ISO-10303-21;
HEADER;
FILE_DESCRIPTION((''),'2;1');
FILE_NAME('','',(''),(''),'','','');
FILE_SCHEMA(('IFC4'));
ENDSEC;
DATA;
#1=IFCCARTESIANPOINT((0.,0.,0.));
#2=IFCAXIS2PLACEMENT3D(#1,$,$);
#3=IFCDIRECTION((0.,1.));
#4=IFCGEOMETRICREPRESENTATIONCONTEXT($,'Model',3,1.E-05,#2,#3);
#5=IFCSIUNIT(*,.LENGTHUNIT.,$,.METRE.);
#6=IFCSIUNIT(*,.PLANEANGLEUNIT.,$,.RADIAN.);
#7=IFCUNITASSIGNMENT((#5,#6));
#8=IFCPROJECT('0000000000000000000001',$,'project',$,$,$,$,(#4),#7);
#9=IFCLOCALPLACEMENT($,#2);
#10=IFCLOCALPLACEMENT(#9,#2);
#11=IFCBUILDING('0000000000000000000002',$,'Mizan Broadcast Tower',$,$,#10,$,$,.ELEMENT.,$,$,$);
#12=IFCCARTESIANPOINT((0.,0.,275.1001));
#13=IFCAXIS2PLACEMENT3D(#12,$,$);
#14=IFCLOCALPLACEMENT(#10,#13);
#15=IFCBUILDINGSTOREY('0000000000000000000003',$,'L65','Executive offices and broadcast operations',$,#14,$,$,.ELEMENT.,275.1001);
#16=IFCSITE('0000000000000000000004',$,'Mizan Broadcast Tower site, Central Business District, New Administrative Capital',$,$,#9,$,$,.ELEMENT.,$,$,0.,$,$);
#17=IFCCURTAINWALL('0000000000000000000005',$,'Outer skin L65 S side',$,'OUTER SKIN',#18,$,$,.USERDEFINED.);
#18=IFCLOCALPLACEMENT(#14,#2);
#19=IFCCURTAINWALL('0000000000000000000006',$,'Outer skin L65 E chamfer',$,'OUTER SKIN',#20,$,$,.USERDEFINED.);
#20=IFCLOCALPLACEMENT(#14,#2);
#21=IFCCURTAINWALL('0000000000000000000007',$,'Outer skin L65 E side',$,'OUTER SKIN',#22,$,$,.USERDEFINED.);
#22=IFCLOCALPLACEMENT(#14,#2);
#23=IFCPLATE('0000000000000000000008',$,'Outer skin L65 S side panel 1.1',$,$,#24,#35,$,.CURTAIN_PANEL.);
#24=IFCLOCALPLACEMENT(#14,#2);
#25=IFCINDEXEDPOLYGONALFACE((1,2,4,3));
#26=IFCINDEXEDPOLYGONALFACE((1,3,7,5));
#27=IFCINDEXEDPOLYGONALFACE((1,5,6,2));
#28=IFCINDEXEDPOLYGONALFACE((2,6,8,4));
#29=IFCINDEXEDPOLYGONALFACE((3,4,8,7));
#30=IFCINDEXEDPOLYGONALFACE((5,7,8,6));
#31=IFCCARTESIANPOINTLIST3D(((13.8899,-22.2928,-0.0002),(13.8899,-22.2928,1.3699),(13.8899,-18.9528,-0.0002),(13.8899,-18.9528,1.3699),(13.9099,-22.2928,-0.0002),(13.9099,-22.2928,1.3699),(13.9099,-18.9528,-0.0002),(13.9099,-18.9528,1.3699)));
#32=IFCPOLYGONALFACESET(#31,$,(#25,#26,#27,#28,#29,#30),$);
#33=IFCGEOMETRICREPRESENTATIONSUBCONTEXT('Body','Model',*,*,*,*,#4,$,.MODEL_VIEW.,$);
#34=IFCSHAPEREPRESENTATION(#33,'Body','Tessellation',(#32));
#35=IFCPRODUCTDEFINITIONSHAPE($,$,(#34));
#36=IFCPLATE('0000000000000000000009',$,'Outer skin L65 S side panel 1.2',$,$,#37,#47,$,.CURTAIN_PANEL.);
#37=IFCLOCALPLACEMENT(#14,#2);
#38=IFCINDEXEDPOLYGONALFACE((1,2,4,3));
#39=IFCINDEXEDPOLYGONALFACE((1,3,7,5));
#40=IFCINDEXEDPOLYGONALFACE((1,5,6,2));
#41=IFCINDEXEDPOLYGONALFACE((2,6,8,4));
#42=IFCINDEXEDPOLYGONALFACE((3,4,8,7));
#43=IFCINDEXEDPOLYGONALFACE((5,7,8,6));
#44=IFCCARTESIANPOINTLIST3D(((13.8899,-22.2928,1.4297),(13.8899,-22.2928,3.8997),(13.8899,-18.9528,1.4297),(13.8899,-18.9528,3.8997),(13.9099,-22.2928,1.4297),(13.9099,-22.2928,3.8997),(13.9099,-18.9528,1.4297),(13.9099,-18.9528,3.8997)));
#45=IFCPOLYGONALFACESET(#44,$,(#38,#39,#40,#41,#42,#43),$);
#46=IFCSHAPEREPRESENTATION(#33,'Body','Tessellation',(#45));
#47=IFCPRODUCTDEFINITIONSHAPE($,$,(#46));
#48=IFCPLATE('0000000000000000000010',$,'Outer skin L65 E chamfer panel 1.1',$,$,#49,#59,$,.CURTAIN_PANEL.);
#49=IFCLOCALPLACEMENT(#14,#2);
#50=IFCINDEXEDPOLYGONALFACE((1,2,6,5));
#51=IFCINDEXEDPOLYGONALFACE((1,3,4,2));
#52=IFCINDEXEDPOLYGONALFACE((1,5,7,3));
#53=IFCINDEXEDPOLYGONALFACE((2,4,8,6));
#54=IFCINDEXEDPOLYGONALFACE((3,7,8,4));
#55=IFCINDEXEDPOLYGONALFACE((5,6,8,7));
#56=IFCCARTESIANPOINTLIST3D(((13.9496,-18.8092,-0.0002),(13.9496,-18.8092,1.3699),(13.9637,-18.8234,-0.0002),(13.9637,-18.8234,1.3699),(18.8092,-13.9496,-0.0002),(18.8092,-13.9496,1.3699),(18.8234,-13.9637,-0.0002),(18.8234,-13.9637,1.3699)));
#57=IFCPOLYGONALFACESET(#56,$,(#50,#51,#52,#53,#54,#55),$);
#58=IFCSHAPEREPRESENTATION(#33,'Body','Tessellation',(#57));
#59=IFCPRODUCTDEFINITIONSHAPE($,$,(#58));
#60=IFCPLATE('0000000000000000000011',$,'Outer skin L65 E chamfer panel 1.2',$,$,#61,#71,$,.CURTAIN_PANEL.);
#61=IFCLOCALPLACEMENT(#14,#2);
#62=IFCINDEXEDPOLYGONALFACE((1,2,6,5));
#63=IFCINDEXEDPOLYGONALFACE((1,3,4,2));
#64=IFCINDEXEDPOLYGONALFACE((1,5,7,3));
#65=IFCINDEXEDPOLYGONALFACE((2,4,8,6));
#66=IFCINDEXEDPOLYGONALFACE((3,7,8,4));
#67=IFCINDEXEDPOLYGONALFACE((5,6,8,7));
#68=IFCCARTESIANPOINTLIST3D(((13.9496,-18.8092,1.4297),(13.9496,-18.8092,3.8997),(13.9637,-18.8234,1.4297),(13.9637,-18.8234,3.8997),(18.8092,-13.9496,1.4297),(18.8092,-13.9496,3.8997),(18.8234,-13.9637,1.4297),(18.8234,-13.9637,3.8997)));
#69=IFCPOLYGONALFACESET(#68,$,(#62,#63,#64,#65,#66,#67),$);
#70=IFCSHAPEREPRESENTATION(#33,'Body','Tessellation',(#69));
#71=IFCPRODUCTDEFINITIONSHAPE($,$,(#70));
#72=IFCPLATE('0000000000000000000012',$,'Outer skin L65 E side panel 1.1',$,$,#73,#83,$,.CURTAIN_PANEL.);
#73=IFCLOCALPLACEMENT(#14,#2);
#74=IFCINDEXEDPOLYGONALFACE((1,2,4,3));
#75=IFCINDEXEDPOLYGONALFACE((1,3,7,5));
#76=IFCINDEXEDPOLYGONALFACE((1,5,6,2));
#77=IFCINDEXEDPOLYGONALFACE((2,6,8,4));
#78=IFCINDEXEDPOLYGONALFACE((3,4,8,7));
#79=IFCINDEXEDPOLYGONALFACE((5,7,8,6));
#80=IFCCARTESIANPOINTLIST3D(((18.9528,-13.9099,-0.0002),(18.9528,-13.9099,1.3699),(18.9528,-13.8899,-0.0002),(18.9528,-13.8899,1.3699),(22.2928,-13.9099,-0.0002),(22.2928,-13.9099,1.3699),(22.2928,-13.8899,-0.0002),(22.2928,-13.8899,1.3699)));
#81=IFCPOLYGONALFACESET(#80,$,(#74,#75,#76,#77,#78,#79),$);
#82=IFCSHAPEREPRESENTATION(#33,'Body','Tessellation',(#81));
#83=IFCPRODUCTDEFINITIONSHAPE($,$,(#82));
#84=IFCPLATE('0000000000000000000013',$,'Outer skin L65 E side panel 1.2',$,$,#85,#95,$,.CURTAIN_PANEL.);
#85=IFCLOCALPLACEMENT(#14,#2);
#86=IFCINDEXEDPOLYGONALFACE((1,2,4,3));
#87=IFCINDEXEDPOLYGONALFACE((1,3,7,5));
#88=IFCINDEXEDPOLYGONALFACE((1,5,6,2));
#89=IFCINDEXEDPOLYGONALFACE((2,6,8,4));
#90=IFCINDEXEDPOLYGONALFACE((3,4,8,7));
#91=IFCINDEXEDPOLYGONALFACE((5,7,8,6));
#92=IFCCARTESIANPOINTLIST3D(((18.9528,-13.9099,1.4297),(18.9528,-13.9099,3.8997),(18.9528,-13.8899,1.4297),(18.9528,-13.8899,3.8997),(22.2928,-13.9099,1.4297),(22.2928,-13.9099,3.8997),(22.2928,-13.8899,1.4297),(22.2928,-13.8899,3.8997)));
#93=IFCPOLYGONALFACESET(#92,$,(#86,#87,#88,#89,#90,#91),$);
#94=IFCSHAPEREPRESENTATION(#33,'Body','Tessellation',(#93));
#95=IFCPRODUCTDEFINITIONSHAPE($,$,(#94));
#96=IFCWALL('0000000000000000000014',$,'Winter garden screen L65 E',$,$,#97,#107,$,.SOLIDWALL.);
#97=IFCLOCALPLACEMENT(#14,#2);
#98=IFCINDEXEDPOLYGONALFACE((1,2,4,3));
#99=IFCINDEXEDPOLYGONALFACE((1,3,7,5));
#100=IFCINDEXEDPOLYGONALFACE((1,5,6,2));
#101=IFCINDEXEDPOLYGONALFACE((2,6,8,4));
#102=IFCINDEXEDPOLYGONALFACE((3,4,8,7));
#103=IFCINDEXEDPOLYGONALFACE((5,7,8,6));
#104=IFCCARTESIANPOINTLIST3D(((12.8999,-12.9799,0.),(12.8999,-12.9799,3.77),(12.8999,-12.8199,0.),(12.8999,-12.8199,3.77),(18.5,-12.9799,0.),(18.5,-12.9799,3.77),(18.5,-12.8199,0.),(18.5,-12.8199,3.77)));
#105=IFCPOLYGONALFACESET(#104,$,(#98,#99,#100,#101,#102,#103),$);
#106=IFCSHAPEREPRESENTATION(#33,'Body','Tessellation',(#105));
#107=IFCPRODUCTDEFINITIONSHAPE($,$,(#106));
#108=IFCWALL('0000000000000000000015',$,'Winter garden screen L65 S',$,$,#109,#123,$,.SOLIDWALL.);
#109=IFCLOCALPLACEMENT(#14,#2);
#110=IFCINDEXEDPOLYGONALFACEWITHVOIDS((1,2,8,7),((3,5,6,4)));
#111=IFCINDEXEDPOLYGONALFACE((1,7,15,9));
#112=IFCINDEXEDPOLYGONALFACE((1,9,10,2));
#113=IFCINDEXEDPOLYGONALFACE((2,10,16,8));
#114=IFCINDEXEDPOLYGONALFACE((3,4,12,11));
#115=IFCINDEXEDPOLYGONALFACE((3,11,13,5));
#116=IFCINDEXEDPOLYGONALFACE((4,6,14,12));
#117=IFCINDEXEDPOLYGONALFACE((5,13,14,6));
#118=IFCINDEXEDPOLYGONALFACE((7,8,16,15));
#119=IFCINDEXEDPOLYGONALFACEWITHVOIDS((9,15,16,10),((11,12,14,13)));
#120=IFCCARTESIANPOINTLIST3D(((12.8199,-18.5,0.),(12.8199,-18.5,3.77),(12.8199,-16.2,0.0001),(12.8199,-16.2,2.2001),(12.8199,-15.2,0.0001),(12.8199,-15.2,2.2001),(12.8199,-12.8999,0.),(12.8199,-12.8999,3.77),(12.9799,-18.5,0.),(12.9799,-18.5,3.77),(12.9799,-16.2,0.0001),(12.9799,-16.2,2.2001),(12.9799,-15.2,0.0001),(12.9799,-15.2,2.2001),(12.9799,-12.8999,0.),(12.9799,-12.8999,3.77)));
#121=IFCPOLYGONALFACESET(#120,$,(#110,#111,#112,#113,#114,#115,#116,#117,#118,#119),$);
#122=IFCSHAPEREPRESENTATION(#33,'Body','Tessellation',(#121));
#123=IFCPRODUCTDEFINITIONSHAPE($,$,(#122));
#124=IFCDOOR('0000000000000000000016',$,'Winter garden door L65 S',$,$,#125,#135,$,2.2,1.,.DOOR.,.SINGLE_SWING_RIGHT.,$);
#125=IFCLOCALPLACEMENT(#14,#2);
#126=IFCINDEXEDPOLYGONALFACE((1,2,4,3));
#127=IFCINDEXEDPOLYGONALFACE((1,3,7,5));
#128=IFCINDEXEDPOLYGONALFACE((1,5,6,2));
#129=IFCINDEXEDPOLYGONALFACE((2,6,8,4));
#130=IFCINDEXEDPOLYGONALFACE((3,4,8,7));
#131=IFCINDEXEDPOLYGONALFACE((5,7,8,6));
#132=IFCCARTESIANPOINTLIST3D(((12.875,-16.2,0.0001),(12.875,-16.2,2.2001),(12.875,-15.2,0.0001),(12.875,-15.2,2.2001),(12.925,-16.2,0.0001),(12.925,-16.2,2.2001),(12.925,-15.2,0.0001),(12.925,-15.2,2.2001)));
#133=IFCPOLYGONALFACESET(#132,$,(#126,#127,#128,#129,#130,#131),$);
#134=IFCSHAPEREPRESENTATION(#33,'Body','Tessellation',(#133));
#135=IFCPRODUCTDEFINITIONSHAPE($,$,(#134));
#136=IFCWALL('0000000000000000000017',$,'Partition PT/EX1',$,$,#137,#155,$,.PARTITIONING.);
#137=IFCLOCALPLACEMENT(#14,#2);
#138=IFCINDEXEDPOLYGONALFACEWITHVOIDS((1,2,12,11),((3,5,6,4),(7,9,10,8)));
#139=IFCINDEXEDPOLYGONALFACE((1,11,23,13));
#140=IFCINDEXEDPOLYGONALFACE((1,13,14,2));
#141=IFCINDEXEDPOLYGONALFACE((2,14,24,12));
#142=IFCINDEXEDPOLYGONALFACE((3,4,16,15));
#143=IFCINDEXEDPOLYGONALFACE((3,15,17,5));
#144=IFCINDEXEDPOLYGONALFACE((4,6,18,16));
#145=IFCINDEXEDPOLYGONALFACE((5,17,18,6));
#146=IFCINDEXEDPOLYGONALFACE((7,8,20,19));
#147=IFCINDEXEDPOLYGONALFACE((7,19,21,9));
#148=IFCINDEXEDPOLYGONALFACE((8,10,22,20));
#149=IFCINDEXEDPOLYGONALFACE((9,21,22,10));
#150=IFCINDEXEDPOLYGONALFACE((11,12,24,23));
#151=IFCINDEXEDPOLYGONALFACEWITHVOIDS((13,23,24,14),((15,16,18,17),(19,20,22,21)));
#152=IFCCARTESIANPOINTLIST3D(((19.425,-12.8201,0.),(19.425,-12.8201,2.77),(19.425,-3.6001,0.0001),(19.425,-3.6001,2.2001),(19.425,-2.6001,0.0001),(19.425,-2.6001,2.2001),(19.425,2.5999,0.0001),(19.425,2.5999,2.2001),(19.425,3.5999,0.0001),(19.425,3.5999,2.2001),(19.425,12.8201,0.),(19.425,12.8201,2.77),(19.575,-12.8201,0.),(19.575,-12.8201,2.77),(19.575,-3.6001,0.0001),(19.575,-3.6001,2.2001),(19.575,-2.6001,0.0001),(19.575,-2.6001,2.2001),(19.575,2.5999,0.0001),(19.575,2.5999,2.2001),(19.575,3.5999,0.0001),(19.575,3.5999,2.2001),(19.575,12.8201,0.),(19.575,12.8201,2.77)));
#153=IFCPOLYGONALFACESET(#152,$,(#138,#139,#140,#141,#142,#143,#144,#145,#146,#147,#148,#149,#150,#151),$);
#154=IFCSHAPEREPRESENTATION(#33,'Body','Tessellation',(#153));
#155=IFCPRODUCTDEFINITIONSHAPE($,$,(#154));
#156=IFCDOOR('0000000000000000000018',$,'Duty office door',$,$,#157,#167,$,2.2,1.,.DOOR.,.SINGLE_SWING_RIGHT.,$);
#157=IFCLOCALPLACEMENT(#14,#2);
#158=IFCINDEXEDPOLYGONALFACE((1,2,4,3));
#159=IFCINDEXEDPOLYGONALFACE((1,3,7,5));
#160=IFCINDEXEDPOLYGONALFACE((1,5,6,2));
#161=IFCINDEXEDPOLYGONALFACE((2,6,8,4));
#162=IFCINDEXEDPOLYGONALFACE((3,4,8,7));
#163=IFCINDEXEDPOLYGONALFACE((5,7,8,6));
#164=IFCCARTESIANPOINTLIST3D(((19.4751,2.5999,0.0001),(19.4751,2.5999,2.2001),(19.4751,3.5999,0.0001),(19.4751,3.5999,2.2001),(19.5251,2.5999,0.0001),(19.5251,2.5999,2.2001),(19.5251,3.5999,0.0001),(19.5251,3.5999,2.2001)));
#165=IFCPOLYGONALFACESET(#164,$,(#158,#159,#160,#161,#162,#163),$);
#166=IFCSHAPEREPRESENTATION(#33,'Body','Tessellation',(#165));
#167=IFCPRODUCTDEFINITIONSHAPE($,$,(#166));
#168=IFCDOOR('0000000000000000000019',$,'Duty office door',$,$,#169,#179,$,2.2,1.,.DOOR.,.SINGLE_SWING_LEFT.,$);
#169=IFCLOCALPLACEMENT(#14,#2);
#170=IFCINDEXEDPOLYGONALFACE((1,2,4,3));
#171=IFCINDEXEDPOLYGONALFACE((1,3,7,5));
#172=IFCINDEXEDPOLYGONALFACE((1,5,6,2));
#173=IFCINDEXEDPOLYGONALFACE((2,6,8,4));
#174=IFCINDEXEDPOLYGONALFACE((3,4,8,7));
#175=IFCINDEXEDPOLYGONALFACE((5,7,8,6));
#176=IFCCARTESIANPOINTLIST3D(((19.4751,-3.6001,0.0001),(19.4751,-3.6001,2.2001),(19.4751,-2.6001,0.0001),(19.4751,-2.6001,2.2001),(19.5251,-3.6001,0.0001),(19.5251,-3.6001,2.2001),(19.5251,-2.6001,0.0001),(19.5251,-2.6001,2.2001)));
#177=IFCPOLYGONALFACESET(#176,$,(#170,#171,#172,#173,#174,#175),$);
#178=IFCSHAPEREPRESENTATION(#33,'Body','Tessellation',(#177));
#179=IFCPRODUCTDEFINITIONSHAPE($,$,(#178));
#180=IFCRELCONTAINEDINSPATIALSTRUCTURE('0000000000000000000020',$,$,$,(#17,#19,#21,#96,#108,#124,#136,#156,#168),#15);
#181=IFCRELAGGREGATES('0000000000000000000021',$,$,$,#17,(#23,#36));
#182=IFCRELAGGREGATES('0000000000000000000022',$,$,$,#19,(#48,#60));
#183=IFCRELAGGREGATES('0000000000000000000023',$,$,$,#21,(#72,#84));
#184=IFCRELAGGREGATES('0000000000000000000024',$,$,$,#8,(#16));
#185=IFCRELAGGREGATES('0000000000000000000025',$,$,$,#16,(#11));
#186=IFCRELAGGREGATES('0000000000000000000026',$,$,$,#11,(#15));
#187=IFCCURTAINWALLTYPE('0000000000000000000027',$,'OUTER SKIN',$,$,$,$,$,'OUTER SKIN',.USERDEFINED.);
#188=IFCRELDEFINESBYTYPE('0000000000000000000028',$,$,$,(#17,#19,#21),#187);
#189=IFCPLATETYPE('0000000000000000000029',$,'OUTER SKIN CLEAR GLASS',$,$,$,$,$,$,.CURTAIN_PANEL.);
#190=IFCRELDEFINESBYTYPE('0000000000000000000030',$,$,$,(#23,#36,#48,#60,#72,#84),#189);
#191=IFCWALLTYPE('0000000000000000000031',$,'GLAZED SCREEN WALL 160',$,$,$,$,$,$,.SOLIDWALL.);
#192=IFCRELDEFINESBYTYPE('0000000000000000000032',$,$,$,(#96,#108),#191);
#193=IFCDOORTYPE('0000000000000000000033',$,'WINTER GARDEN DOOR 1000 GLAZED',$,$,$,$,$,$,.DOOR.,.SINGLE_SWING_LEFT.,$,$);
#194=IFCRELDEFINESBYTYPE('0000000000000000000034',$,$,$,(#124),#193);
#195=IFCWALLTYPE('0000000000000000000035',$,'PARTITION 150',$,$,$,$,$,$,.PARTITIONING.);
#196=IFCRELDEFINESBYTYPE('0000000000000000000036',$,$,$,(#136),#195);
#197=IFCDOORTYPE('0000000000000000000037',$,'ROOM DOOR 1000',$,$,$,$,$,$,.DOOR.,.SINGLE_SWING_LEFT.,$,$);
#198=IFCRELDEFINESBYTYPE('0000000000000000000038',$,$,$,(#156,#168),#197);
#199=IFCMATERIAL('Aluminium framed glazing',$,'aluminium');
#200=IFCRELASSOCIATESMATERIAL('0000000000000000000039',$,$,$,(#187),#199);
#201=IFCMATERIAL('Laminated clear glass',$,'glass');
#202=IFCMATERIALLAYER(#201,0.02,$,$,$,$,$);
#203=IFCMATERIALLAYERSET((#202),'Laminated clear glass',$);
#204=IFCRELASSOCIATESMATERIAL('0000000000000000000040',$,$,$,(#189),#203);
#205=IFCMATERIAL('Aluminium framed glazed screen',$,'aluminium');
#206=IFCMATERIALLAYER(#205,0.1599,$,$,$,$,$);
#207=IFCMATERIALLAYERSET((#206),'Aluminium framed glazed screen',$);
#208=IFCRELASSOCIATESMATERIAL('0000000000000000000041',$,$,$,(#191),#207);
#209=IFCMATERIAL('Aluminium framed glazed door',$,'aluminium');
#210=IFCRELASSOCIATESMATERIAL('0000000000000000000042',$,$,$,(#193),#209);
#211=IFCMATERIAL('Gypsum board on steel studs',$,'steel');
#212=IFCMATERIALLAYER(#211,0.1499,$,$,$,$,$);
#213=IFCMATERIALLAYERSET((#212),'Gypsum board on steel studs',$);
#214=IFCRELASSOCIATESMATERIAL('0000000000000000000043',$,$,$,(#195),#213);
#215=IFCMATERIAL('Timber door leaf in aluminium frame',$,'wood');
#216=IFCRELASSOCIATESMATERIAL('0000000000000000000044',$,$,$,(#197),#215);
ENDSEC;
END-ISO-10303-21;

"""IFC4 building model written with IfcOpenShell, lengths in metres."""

from ifc_helpers import new_model, si_unit, direction, frame, frame_2d, origin, origin_2d, place, context, subcontext, project, spatial, rectangle, extrude, material, layer, layer_set, type_object, element, fill, aggregate, save


model = new_model("IFC4")

# Units and contexts
model_context = context("Model", 3, precision=1e-05, world=origin(), true_north=direction((0.0, 1.0)))
body_context = subcontext(model_context, "Body", "Model", "MODEL_VIEW")
ifc_project = project(units=[si_unit("LENGTHUNIT", "METRE"), si_unit("PLANEANGLEUNIT", "RADIAN")], contexts=[model_context])

# Site, building, storey
site_placement = place(None, origin())
site = spatial("IfcSite", under=ifc_project, at=site_placement, Name="Mizan Broadcast Tower site, Central Business District, New Administrative Capital", CompositionType="ELEMENT", RefElevation=0.0)
building_placement = place(site_placement, origin())
building = spatial("IfcBuilding", under=site, at=building_placement, Name="Mizan Broadcast Tower", CompositionType="ELEMENT")
storey_placement = place(building_placement, frame((0.0, 0.0, 275.1001)))
storey = spatial("IfcBuildingStorey", under=building, at=storey_placement, Name="L65", Description="Executive offices and broadcast operations", CompositionType="ELEMENT", Elevation=275.1001)

# Curtain walls
ifc_material_1 = material(Name="Aluminium framed glazing", Category="aluminium")
curtain_wall_type_1 = type_object("IfcCurtainWallType", Name="OUTER SKIN", ElementType="OUTER SKIN", PredefinedType="USERDEFINED", material=ifc_material_1)
curtain_wall_1_placement = place(storey_placement, origin())
curtain_wall_1 = element("IfcCurtainWall", 1, at=curtain_wall_1_placement, inside=storey, type_object=curtain_wall_type_1, Name="Outer skin L65 S side", ObjectType="OUTER SKIN", PredefinedType="USERDEFINED")
curtain_wall_2_placement = place(storey_placement, origin())
curtain_wall_2 = element("IfcCurtainWall", 2, at=curtain_wall_2_placement, inside=storey, type_object=curtain_wall_type_1, Name="Outer skin L65 E chamfer", ObjectType="OUTER SKIN", PredefinedType="USERDEFINED")
curtain_wall_3_placement = place(storey_placement, origin())
curtain_wall_3 = element("IfcCurtainWall", 3, at=curtain_wall_3_placement, inside=storey, type_object=curtain_wall_type_1, Name="Outer skin L65 E side", ObjectType="OUTER SKIN", PredefinedType="USERDEFINED")

# Plates
ifc_material_2 = material(Name="Laminated clear glass", Category="glass")
ifc_layer_1 = layer(ifc_material_2, 0.02)
ifc_layer_set_1 = layer_set([ifc_layer_1], Name="Laminated clear glass")
plate_type_1 = type_object("IfcPlateType", Name="OUTER SKIN CLEAR GLASS", PredefinedType="CURTAIN_PANEL", material=ifc_layer_set_1)
plate_1_placement = place(storey_placement, frame((13.8999, -20.6228, -0.0002), z_axis=(0.0, 0.0, 1.0), x_axis=(0.0, 1.0, 0.0)))
plate_1 = element("IfcPlate", 4, at=plate_1_placement, type_object=plate_type_1, Name="Outer skin L65 S side panel 1.1", PredefinedType="CURTAIN_PANEL", context=body_context, shape_type="SweptSolid", body=[
    extrude(rectangle(XDim=3.3401, YDim=0.02, at=origin_2d()), origin(), (0.0, 0.0, 1.0), 1.3701),
])
plate_2_placement = place(storey_placement, frame((13.8999, -20.6228, 1.4297), z_axis=(0.0, 0.0, 1.0), x_axis=(0.0, 1.0, 0.0)))
plate_2 = element("IfcPlate", 5, at=plate_2_placement, type_object=plate_type_1, Name="Outer skin L65 S side panel 1.2", PredefinedType="CURTAIN_PANEL", context=body_context, shape_type="SweptSolid", body=[
    extrude(rectangle(XDim=3.3401, YDim=0.02, at=origin_2d()), origin(), (0.0, 0.0, 1.0), 2.47),
])
aggregate(curtain_wall_1, [plate_1, plate_2])
plate_3_placement = place(storey_placement, frame((16.3865, -16.3865, -0.0002), z_axis=(0.0, 0.0, 1.0), x_axis=(0.707107, 0.707107, 0.0)))
plate_3 = element("IfcPlate", 6, at=plate_3_placement, type_object=plate_type_1, Name="Outer skin L65 E chamfer panel 1.1", PredefinedType="CURTAIN_PANEL", context=body_context, shape_type="SweptSolid", body=[
    extrude(rectangle(XDim=6.8726, YDim=0.02, at=origin_2d()), origin(), (0.0, 0.0, 1.0), 1.3701),
])
plate_4_placement = place(storey_placement, frame((16.3865, -16.3865, 1.4297), z_axis=(0.0, 0.0, 1.0), x_axis=(0.707107, 0.707107, 0.0)))
plate_4 = element("IfcPlate", 7, at=plate_4_placement, type_object=plate_type_1, Name="Outer skin L65 E chamfer panel 1.2", PredefinedType="CURTAIN_PANEL", context=body_context, shape_type="SweptSolid", body=[
    extrude(rectangle(XDim=6.8726, YDim=0.02, at=origin_2d()), origin(), (0.0, 0.0, 1.0), 2.47),
])
aggregate(curtain_wall_2, [plate_3, plate_4])
plate_5_placement = place(storey_placement, frame((20.6228, -13.8999, -0.0002), z_axis=(0.0, 0.0, 1.0), x_axis=(1.0, 0.0, 0.0)))
plate_5 = element("IfcPlate", 8, at=plate_5_placement, type_object=plate_type_1, Name="Outer skin L65 E side panel 1.1", PredefinedType="CURTAIN_PANEL", context=body_context, shape_type="SweptSolid", body=[
    extrude(rectangle(XDim=3.3401, YDim=0.02, at=origin_2d()), origin(), (0.0, 0.0, 1.0), 1.3701),
])
plate_6_placement = place(storey_placement, frame((20.6228, -13.8999, 1.4297), z_axis=(0.0, 0.0, 1.0), x_axis=(1.0, 0.0, 0.0)))
plate_6 = element("IfcPlate", 9, at=plate_6_placement, type_object=plate_type_1, Name="Outer skin L65 E side panel 1.2", PredefinedType="CURTAIN_PANEL", context=body_context, shape_type="SweptSolid", body=[
    extrude(rectangle(XDim=3.3401, YDim=0.02, at=origin_2d()), origin(), (0.0, 0.0, 1.0), 2.47),
])
aggregate(curtain_wall_3, [plate_5, plate_6])

# Wall
ifc_material_3 = material(Name="Aluminium framed glazed screen", Category="aluminium")
ifc_layer_2 = layer(ifc_material_3, 0.1599)
ifc_layer_set_2 = layer_set([ifc_layer_2], Name="Aluminium framed glazed screen")
wall_type_1 = type_object("IfcWallType", Name="GLAZED SCREEN WALL 160", PredefinedType="SOLIDWALL", material=ifc_layer_set_2)
wall_1_placement = place(storey_placement, frame((12.8999, -12.8999, 0.0), z_axis=(0.0, 0.0, 1.0), x_axis=(1.0, 0.0, 0.0)))
element("IfcWall", 10, at=wall_1_placement, inside=storey, type_object=wall_type_1, Name="Winter garden screen L65 E", PredefinedType="SOLIDWALL", context=body_context, shape_type="SweptSolid", body=[
    extrude(rectangle(XDim=5.6001, YDim=0.1599, at=frame_2d((2.8, 0.0))), origin(), (0.0, 0.0, 1.0), 3.77),
])

# Wall, opening, door
wall_2_placement = place(storey_placement, frame((12.8999, -18.5, 0.0), z_axis=(0.0, 0.0, 1.0), x_axis=(0.0, 1.0, 0.0)))
wall_2 = element("IfcWall", 11, at=wall_2_placement, inside=storey, type_object=wall_type_1, Name="Winter garden screen L65 S", PredefinedType="SOLIDWALL", context=body_context, shape_type="SweptSolid", body=[
    extrude(rectangle(XDim=5.6001, YDim=0.1599, at=frame_2d((2.8, 0.0))), origin(), (0.0, 0.0, 1.0), 3.77),
])
opening_1_placement = place(wall_2_placement, frame((2.3, 0.0, 0.0)))
opening_1 = element("IfcOpeningElement", 12, at=opening_1_placement, cuts=wall_2, PredefinedType="OPENING", context=body_context, shape_type="SweptSolid", body=[
    extrude(rectangle(XDim=1.0, YDim=2.2, at=frame_2d((0.5, 1.1001))), frame((0.0, 0.0898, 0.0), z_axis=(0.0, -1.0, 0.0), x_axis=(1.0, 0.0, 0.0)), (0.0, 0.0, 1.0), 0.1799),
])
ifc_material_4 = material(Name="Aluminium framed glazed door", Category="aluminium")
door_type_1 = type_object("IfcDoorType", Name="WINTER GARDEN DOOR 1000 GLAZED", OperationType="SINGLE_SWING_LEFT", PredefinedType="DOOR", material=ifc_material_4)
door_1_placement = place(opening_1_placement, origin())
door_1 = element("IfcDoor", 13, at=door_1_placement, inside=storey, type_object=door_type_1, Name="Winter garden door L65 S", OperationType="SINGLE_SWING_RIGHT", OverallHeight=2.2, OverallWidth=1.0, PredefinedType="DOOR", context=body_context, shape_type="SweptSolid", body=[
    extrude(rectangle(XDim=1.0, YDim=2.2, at=frame_2d((0.5, 1.1001))), frame((0.0, 0.0249, 0.0), z_axis=(0.0, -1.0, 0.0), x_axis=(1.0, 0.0, 0.0)), (0.0, 0.0, 1.0), 0.05),
])
fill(opening_1, door_1)

# Wall, openings, doors
ifc_material_5 = material(Name="Gypsum board on steel studs", Category="steel")
ifc_layer_3 = layer(ifc_material_5, 0.1499)
ifc_layer_set_3 = layer_set([ifc_layer_3], Name="Gypsum board on steel studs")
wall_type_2 = type_object("IfcWallType", Name="PARTITION 150", PredefinedType="PARTITIONING", material=ifc_layer_set_3)
wall_3_placement = place(storey_placement, frame((19.5, -12.8201, 0.0), z_axis=(0.0, 0.0, 1.0), x_axis=(0.0, 1.0, 0.0)))
wall_3 = element("IfcWall", 14, at=wall_3_placement, inside=storey, type_object=wall_type_2, Name="Partition PT/EX1", PredefinedType="PARTITIONING", context=body_context, shape_type="SweptSolid", body=[
    extrude(rectangle(XDim=25.6401, YDim=0.1499, at=frame_2d((12.8201, 0.0))), origin(), (0.0, 0.0, 1.0), 2.77),
])
opening_2_placement = place(wall_3_placement, frame((15.4199, 0.0, 0.0)))
opening_2 = element("IfcOpeningElement", 15, at=opening_2_placement, cuts=wall_3, PredefinedType="OPENING", context=body_context, shape_type="SweptSolid", body=[
    extrude(rectangle(XDim=1.0, YDim=2.2, at=frame_2d((0.5, 1.1001))), frame((0.0, 0.085, 0.0), z_axis=(0.0, -1.0, 0.0), x_axis=(1.0, 0.0, 0.0)), (0.0, 0.0, 1.0), 0.1699),
])
opening_3_placement = place(wall_3_placement, frame((9.22, 0.0, 0.0)))
opening_3 = element("IfcOpeningElement", 16, at=opening_3_placement, cuts=wall_3, PredefinedType="OPENING", context=body_context, shape_type="SweptSolid", body=[
    extrude(rectangle(XDim=1.0, YDim=2.2, at=frame_2d((0.5, 1.1001))), frame((0.0, 0.085, 0.0), z_axis=(0.0, -1.0, 0.0), x_axis=(1.0, 0.0, 0.0)), (0.0, 0.0, 1.0), 0.1699),
])
ifc_material_6 = material(Name="Timber door leaf in aluminium frame", Category="wood")
door_type_2 = type_object("IfcDoorType", Name="ROOM DOOR 1000", OperationType="SINGLE_SWING_LEFT", PredefinedType="DOOR", material=ifc_material_6)
door_2_placement = place(opening_2_placement, origin())
door_2 = element("IfcDoor", 17, at=door_2_placement, inside=storey, type_object=door_type_2, Name="Duty office door", OperationType="SINGLE_SWING_RIGHT", OverallHeight=2.2, OverallWidth=1.0, PredefinedType="DOOR", context=body_context, shape_type="SweptSolid", body=[
    extrude(rectangle(XDim=1.0, YDim=2.2, at=frame_2d((0.5, 1.1001))), frame((0.0, 0.0249, 0.0), z_axis=(0.0, -1.0, 0.0), x_axis=(1.0, 0.0, 0.0)), (0.0, 0.0, 1.0), 0.05),
])
fill(opening_2, door_2)
door_3_placement = place(opening_3_placement, origin())
door_3 = element("IfcDoor", 18, at=door_3_placement, inside=storey, type_object=door_type_2, Name="Duty office door", OperationType="SINGLE_SWING_LEFT", OverallHeight=2.2, OverallWidth=1.0, PredefinedType="DOOR", context=body_context, shape_type="SweptSolid", body=[
    extrude(rectangle(XDim=1.0, YDim=2.2, at=frame_2d((0.5, 1.1001))), frame((0.0, 0.0249, 0.0), z_axis=(0.0, -1.0, 0.0), x_axis=(1.0, 0.0, 0.0)), (0.0, 0.0, 1.0), 0.05),
])
fill(opening_3, door_3)

save(model, "model.ifc")
